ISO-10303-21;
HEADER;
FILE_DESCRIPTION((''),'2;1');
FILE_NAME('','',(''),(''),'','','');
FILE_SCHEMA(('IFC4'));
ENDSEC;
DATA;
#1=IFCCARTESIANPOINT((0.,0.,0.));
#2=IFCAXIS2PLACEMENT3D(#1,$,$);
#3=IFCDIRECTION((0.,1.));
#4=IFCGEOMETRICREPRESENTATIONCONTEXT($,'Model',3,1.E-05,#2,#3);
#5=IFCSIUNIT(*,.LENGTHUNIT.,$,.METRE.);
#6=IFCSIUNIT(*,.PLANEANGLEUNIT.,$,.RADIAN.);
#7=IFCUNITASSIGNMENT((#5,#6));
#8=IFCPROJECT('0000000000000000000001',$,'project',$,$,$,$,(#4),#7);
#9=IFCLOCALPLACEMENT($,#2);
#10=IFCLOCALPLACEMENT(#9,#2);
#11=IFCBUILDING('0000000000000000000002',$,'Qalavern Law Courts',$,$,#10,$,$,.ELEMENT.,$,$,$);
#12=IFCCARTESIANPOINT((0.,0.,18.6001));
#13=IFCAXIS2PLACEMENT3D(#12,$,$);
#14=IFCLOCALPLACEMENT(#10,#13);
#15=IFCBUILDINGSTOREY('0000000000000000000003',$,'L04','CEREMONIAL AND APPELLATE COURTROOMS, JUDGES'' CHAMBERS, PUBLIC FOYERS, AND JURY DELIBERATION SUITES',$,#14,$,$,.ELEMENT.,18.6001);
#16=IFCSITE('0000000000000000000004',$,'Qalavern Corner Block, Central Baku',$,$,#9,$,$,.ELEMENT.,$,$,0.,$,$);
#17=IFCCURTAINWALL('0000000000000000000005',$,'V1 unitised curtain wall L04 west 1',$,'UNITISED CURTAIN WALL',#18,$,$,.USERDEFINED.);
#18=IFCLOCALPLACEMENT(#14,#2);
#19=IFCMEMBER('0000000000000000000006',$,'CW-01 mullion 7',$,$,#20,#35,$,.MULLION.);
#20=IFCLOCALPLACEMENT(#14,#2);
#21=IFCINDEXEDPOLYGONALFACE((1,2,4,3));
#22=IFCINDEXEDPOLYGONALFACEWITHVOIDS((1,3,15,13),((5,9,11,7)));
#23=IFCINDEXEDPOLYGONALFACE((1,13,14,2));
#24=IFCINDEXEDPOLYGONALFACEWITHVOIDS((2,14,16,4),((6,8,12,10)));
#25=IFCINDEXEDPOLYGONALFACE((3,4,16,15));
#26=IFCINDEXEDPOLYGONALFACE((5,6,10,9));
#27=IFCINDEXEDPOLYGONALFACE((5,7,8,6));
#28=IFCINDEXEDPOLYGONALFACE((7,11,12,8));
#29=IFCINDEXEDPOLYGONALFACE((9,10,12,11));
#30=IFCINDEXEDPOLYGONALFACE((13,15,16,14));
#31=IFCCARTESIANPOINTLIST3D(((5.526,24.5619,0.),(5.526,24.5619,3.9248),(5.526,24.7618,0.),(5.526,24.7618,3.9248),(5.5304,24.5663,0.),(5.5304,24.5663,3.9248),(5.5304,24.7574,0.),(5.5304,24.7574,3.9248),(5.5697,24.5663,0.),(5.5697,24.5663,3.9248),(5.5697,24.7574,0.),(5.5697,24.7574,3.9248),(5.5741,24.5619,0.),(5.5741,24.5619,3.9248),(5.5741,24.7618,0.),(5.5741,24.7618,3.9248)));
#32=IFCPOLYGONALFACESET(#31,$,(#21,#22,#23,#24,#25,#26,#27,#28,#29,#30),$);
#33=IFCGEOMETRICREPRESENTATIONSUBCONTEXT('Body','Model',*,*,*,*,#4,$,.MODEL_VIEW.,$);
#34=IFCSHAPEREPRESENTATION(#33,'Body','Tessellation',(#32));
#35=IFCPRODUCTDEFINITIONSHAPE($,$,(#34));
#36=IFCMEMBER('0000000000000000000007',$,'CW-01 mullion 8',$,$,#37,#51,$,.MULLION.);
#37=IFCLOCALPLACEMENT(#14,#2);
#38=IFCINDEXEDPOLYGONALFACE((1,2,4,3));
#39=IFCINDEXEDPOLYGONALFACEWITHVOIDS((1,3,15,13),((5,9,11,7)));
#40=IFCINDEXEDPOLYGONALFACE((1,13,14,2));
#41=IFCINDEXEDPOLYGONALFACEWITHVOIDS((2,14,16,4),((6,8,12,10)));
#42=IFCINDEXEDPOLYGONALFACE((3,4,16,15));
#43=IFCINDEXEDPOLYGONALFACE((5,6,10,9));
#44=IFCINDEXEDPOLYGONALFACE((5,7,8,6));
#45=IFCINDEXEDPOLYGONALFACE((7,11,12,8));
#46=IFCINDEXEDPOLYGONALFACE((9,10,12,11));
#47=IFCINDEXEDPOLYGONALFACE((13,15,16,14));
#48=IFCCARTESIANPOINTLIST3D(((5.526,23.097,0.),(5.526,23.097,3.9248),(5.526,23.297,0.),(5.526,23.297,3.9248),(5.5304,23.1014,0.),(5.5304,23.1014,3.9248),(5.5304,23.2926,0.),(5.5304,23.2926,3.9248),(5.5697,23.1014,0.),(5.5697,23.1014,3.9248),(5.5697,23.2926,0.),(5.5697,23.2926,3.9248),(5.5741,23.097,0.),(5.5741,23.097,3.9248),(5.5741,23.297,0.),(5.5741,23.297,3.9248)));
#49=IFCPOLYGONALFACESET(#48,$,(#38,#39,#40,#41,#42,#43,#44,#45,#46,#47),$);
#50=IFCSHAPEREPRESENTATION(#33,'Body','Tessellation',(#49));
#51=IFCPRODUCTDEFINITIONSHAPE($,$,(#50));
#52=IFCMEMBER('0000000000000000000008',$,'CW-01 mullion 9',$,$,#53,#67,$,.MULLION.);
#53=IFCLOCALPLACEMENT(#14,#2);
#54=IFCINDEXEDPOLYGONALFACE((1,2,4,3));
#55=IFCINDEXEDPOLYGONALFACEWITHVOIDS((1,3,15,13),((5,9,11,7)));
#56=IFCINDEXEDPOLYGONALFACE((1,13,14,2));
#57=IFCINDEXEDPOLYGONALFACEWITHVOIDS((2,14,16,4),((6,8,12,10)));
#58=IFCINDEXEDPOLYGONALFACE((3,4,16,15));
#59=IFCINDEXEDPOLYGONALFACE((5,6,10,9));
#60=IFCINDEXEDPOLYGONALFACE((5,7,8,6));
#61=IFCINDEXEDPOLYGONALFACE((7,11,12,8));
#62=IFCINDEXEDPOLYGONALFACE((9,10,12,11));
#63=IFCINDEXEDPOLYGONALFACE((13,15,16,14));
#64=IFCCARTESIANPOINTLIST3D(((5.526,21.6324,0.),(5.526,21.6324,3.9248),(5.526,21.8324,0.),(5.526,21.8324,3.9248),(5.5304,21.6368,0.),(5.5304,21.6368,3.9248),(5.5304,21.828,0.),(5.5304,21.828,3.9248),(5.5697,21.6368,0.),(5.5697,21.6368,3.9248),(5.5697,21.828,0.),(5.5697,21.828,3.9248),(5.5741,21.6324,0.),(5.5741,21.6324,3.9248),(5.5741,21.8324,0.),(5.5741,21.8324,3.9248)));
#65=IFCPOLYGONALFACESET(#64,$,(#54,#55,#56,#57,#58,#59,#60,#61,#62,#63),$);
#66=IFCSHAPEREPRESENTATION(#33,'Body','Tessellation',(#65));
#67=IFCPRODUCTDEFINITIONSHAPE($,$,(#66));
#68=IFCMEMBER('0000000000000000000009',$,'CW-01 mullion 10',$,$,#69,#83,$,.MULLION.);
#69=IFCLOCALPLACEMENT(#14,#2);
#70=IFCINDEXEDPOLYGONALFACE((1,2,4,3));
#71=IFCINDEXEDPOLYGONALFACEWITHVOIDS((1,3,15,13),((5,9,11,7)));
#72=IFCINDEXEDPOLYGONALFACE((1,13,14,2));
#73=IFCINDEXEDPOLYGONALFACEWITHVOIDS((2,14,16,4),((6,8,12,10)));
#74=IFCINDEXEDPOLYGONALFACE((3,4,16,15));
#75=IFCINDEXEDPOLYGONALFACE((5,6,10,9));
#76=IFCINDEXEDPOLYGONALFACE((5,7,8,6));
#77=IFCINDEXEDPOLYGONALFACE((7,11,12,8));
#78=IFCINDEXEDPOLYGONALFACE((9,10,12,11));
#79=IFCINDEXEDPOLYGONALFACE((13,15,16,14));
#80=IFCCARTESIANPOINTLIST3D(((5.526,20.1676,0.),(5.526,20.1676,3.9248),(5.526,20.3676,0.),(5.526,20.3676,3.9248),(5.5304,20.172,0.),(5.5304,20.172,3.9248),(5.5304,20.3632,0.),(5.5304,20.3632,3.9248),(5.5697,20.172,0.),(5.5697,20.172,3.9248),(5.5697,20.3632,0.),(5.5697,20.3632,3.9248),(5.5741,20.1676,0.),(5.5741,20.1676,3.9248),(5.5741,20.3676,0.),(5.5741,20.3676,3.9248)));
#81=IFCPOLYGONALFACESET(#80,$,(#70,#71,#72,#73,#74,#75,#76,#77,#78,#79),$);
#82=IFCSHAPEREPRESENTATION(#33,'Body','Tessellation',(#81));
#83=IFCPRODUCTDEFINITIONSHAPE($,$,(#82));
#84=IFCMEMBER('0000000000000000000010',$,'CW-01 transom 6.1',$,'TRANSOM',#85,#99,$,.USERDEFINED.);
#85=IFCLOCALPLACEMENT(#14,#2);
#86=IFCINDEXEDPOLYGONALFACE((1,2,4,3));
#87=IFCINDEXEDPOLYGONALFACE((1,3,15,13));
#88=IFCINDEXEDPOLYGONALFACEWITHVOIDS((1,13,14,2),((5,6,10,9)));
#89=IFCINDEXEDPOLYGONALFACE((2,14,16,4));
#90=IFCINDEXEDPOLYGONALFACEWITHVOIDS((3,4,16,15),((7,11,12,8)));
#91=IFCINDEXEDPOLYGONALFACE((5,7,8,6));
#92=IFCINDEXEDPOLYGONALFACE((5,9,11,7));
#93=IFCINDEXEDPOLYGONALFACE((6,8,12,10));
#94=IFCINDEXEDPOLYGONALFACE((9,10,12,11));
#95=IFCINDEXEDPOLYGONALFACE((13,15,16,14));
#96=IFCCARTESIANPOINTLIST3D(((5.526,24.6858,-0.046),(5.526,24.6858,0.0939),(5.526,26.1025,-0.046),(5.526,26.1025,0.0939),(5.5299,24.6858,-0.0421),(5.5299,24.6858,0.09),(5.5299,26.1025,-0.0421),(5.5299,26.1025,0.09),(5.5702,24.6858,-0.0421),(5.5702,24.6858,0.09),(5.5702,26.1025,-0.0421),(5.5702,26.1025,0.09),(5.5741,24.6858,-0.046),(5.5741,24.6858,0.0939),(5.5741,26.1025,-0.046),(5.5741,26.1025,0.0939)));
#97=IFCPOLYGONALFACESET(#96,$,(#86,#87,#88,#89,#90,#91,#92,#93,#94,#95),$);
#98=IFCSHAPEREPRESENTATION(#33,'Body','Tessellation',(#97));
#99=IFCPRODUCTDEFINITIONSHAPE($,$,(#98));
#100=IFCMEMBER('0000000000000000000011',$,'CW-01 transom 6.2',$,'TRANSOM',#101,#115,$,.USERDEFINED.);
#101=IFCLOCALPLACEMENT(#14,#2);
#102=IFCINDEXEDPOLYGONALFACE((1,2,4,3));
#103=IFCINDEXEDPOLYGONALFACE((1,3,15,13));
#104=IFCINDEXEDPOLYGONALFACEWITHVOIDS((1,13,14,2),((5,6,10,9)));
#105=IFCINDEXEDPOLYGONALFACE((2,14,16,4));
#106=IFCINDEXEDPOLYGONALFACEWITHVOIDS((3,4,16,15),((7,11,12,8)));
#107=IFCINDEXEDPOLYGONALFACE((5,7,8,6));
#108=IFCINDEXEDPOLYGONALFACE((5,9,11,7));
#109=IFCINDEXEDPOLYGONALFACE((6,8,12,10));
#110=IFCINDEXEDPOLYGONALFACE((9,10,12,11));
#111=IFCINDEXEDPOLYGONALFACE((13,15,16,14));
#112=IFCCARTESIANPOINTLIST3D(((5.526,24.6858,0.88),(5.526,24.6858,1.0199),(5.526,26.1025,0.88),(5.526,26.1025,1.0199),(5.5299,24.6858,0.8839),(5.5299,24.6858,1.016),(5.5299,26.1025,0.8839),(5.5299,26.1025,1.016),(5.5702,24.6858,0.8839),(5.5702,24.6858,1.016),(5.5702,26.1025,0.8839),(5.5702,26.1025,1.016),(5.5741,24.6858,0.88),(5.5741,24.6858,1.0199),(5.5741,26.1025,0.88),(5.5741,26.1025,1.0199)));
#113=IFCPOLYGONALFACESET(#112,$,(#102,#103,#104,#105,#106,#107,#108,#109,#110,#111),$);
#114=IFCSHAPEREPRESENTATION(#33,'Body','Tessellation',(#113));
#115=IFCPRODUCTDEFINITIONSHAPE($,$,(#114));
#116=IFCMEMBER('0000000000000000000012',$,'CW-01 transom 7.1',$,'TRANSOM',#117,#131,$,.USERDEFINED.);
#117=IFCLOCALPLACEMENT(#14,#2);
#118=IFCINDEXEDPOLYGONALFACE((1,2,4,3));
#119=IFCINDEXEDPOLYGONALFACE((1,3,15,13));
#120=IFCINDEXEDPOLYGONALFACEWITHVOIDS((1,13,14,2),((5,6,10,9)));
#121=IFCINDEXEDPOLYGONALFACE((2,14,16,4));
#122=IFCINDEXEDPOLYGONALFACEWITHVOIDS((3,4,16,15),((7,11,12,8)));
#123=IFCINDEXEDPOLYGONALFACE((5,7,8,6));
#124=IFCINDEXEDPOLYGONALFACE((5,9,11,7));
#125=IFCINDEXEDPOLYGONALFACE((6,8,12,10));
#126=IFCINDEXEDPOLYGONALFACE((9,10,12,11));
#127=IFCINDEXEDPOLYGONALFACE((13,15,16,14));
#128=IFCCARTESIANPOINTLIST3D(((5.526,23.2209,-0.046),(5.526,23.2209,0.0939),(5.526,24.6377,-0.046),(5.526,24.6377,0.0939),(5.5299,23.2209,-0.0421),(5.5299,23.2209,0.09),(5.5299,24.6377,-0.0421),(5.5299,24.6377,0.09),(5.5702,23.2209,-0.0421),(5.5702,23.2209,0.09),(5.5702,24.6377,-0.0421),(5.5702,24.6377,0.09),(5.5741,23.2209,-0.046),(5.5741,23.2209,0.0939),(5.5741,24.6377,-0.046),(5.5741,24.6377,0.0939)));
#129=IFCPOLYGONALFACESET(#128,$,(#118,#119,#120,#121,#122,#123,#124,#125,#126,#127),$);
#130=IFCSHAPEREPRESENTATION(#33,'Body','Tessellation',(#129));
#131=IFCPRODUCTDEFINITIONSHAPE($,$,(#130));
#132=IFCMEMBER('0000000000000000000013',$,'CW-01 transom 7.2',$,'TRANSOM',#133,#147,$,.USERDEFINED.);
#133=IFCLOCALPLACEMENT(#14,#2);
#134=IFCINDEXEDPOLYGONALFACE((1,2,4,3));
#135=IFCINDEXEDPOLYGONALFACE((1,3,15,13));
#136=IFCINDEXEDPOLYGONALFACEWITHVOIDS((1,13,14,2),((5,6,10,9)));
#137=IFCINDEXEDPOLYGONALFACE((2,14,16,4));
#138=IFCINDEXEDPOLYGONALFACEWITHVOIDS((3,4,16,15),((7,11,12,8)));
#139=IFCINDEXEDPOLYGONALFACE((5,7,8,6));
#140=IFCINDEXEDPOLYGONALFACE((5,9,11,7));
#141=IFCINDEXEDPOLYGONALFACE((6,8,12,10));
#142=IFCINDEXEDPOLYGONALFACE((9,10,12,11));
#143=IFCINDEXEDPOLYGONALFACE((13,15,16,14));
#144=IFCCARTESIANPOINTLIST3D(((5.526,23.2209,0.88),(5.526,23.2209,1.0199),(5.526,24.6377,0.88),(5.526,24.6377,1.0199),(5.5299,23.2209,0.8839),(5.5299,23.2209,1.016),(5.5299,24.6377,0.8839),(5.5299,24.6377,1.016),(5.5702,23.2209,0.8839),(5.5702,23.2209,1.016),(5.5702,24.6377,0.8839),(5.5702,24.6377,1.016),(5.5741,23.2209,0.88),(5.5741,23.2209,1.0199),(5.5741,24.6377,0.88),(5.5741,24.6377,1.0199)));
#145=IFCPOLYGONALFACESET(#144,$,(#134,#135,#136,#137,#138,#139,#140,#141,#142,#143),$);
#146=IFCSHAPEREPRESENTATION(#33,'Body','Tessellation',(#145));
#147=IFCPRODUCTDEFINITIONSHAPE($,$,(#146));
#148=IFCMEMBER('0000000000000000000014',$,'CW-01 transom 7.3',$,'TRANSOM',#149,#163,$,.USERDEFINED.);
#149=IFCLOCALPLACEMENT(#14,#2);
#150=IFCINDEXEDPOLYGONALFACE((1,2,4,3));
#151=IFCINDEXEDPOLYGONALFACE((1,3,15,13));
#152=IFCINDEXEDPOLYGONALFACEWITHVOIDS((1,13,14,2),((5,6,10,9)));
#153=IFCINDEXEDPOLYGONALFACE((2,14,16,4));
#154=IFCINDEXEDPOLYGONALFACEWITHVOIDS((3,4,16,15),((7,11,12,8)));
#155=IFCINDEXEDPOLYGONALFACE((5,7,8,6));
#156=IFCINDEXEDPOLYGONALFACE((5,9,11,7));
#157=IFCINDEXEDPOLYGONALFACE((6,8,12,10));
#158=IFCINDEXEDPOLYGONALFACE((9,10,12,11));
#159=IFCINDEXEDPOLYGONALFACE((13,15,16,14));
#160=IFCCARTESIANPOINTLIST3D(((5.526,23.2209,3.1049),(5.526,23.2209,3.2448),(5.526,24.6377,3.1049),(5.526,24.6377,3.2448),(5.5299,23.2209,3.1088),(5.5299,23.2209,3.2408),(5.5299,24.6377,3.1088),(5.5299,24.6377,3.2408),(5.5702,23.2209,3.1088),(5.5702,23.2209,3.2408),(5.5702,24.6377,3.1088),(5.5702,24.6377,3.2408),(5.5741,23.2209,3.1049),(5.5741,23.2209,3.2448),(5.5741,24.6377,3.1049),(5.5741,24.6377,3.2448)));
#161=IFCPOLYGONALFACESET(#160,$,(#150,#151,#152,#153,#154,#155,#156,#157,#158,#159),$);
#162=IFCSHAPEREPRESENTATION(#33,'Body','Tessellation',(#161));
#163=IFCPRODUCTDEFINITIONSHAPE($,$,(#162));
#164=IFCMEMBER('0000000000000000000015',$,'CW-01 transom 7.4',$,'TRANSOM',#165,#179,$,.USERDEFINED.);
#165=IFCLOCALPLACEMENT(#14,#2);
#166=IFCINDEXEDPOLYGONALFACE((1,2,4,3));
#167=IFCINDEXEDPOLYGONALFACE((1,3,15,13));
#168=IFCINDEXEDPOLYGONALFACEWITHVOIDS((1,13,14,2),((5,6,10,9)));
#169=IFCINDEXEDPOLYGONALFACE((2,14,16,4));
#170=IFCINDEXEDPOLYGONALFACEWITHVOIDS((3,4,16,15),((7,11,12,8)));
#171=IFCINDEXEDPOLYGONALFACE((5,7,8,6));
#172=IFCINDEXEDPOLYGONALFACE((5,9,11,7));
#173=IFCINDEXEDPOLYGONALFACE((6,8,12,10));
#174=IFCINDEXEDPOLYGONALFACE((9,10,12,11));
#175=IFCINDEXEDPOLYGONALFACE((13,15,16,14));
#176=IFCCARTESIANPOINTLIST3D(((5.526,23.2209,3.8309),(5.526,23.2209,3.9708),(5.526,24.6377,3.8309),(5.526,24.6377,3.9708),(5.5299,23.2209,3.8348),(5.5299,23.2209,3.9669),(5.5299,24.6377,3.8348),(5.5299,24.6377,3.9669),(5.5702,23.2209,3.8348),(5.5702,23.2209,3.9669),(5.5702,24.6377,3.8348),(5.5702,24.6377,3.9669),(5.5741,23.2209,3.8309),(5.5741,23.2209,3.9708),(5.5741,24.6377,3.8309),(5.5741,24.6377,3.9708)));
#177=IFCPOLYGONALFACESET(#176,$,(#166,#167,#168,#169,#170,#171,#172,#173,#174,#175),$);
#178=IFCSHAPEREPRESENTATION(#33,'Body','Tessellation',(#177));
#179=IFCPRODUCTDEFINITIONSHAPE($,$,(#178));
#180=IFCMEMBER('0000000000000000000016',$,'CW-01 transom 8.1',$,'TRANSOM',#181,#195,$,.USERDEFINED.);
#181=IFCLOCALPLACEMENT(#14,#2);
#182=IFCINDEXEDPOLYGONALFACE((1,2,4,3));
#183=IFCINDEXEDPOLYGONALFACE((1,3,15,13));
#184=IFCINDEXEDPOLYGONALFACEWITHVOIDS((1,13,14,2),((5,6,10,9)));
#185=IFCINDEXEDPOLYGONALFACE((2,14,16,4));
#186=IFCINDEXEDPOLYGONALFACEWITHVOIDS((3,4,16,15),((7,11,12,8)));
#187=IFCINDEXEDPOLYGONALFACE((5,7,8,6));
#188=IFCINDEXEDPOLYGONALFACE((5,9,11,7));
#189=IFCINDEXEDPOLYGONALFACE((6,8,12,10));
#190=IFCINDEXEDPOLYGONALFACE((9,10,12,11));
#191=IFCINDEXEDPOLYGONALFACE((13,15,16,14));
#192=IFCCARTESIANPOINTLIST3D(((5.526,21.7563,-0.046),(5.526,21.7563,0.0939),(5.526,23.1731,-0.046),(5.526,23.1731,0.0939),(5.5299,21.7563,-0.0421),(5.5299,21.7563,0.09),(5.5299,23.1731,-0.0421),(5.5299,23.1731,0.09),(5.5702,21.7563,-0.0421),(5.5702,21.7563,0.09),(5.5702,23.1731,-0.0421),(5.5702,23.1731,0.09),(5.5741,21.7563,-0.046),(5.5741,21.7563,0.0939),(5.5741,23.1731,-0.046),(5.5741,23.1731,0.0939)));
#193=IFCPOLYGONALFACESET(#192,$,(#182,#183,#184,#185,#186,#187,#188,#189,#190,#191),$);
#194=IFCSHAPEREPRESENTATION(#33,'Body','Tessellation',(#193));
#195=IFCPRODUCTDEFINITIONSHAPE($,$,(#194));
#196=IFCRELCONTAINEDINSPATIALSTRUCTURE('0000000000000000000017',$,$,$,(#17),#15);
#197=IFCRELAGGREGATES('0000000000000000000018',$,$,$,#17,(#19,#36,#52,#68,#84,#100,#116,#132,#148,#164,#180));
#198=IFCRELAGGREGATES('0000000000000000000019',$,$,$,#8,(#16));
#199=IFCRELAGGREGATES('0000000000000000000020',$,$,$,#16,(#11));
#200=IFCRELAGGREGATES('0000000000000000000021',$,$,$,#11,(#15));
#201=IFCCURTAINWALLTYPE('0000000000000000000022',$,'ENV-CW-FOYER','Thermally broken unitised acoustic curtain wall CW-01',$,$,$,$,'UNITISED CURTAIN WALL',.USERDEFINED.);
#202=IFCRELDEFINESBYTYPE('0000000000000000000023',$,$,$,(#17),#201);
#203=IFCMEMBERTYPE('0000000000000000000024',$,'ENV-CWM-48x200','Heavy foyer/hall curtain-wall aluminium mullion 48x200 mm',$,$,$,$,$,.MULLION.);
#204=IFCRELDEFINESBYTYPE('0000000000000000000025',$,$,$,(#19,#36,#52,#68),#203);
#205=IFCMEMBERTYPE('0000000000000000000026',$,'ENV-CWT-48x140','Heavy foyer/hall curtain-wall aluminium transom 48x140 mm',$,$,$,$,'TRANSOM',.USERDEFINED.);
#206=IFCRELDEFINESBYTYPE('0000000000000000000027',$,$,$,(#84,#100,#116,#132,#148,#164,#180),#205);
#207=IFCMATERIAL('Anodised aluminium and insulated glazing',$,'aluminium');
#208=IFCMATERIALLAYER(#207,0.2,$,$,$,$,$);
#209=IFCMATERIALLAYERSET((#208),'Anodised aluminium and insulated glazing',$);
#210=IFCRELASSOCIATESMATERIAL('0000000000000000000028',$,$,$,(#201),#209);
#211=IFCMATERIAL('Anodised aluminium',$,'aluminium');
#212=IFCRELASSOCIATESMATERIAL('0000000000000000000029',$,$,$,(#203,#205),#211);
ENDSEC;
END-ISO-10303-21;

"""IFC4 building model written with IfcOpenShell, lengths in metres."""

from ifc_helpers import new_model, si_unit, direction, frame, origin, origin_2d, place, context, subcontext, project, spatial, hollow_rectangle, extrude, material, layer, layer_set, material_profile, profile_set, type_object, element, aggregate, save


model = new_model("IFC4")

# Units and contexts
model_context = context("Model", 3, precision=1e-05, world=origin(), true_north=direction((0.0, 1.0)))
body_context = subcontext(model_context, "Body", "Model", "MODEL_VIEW")
ifc_project = project(units=[si_unit("LENGTHUNIT", "METRE"), si_unit("PLANEANGLEUNIT", "RADIAN")], contexts=[model_context])

# Site, building, storey
site_placement = place(None, origin())
site = spatial("IfcSite", under=ifc_project, at=site_placement, Name="Qalavern Corner Block, Central Baku", CompositionType="ELEMENT", RefElevation=0.0)
building_placement = place(site_placement, origin())
building = spatial("IfcBuilding", under=site, at=building_placement, Name="Qalavern Law Courts", CompositionType="ELEMENT")
storey_placement = place(building_placement, frame((0.0, 0.0, 18.6001)))
storey = spatial("IfcBuildingStorey", under=building, at=storey_placement, Name="L04", Description="CEREMONIAL AND APPELLATE COURTROOMS, JUDGES' CHAMBERS, PUBLIC FOYERS, AND JURY DELIBERATION SUITES", CompositionType="ELEMENT", Elevation=18.6001)

# Curtain wall, members
ifc_material_1 = material(Name="Anodised aluminium and insulated glazing", Category="aluminium")
ifc_layer_1 = layer(ifc_material_1, 0.2)
ifc_layer_set_1 = layer_set([ifc_layer_1], Name="Anodised aluminium and insulated glazing")
curtain_wall_type = type_object("IfcCurtainWallType", Name="ENV-CW-FOYER", Description="Thermally broken unitised acoustic curtain wall CW-01", ElementType="UNITISED CURTAIN WALL", PredefinedType="USERDEFINED", material=ifc_layer_set_1)
curtain_wall_placement = place(storey_placement, origin())
curtain_wall = element("IfcCurtainWall", 1, at=curtain_wall_placement, inside=storey, type_object=curtain_wall_type, Name="V1 unitised curtain wall L04 west 1", ObjectType="UNITISED CURTAIN WALL", PredefinedType="USERDEFINED")
ifc_material_2 = material(Name="Anodised aluminium", Category="aluminium")
ifc_material_profile_1 = material_profile(ifc_material_2, hollow_rectangle(XDim=0.0481, YDim=0.2, WallThickness=0.0044, at=origin_2d()), Name="ALU MULLION 48x200")
ifc_profile_set_1 = profile_set([ifc_material_profile_1], Name="Anodised aluminium")
member_type_1 = type_object("IfcMemberType", Name="ENV-CWM-48x200", Description="Heavy foyer/hall curtain-wall aluminium mullion 48x200 mm", PredefinedType="MULLION", material=ifc_profile_set_1)
member_1_placement = place(storey_placement, frame((5.55, 24.6619, 0.0), z_axis=(0.0, 0.0, 1.0), x_axis=(1.0, 0.0, 0.0)))
member_1 = element("IfcMember", 2, at=member_1_placement, type_object=member_type_1, Name="CW-01 mullion 7", PredefinedType="MULLION", context=body_context, shape_type="SweptSolid", body=[
    extrude(hollow_rectangle(XDim=0.0481, YDim=0.2, WallThickness=0.0044, at=origin_2d()), origin(), (0.0, 0.0, 1.0), 3.9248),
])
member_2_placement = place(storey_placement, frame((5.55, 23.197, 0.0), z_axis=(0.0, 0.0, 1.0), x_axis=(1.0, 0.0, 0.0)))
member_2 = element("IfcMember", 3, at=member_2_placement, type_object=member_type_1, Name="CW-01 mullion 8", PredefinedType="MULLION", context=body_context, shape_type="SweptSolid", body=[
    extrude(hollow_rectangle(XDim=0.0481, YDim=0.2, WallThickness=0.0044, at=origin_2d()), origin(), (0.0, 0.0, 1.0), 3.9248),
])
member_3_placement = place(storey_placement, frame((5.55, 21.7324, 0.0), z_axis=(0.0, 0.0, 1.0), x_axis=(1.0, 0.0, 0.0)))
member_3 = element("IfcMember", 4, at=member_3_placement, type_object=member_type_1, Name="CW-01 mullion 9", PredefinedType="MULLION", context=body_context, shape_type="SweptSolid", body=[
    extrude(hollow_rectangle(XDim=0.0481, YDim=0.2, WallThickness=0.0044, at=origin_2d()), origin(), (0.0, 0.0, 1.0), 3.9248),
])
member_4_placement = place(storey_placement, frame((5.55, 20.2676, 0.0), z_axis=(0.0, 0.0, 1.0), x_axis=(1.0, 0.0, 0.0)))
member_4 = element("IfcMember", 5, at=member_4_placement, type_object=member_type_1, Name="CW-01 mullion 10", PredefinedType="MULLION", context=body_context, shape_type="SweptSolid", body=[
    extrude(hollow_rectangle(XDim=0.0481, YDim=0.2, WallThickness=0.0044, at=origin_2d()), origin(), (0.0, 0.0, 1.0), 3.9248),
])
ifc_material_profile_2 = material_profile(ifc_material_2, hollow_rectangle(XDim=0.0481, YDim=0.1399, WallThickness=0.0039, at=origin_2d()), Name="ALU TRANSOM 48x140")
ifc_profile_set_2 = profile_set([ifc_material_profile_2], Name="Anodised aluminium")
member_type_2 = type_object("IfcMemberType", Name="ENV-CWT-48x140", Description="Heavy foyer/hall curtain-wall aluminium transom 48x140 mm", ElementType="TRANSOM", PredefinedType="USERDEFINED", material=ifc_profile_set_2)
member_5_placement = place(storey_placement, frame((5.55, 26.1025, 0.0239), z_axis=(0.0, -1.0, 0.0), x_axis=(1.0, 0.0, 0.0)))
member_5 = element("IfcMember", 6, at=member_5_placement, type_object=member_type_2, Name="CW-01 transom 6.1", ObjectType="TRANSOM", PredefinedType="USERDEFINED", context=body_context, shape_type="SweptSolid", body=[
    extrude(hollow_rectangle(XDim=0.0481, YDim=0.1399, WallThickness=0.0039, at=origin_2d()), origin(), (0.0, 0.0, 1.0), 1.4167),
])
member_6_placement = place(storey_placement, frame((5.55, 26.1025, 0.95), z_axis=(0.0, -1.0, 0.0), x_axis=(1.0, 0.0, 0.0)))
member_6 = element("IfcMember", 7, at=member_6_placement, type_object=member_type_2, Name="CW-01 transom 6.2", ObjectType="TRANSOM", PredefinedType="USERDEFINED", context=body_context, shape_type="SweptSolid", body=[
    extrude(hollow_rectangle(XDim=0.0481, YDim=0.1399, WallThickness=0.0039, at=origin_2d()), origin(), (0.0, 0.0, 1.0), 1.4167),
])
member_7_placement = place(storey_placement, frame((5.55, 24.6377, 0.0239), z_axis=(0.0, -1.0, 0.0), x_axis=(1.0, 0.0, 0.0)))
member_7 = element("IfcMember", 8, at=member_7_placement, type_object=member_type_2, Name="CW-01 transom 7.1", ObjectType="TRANSOM", PredefinedType="USERDEFINED", context=body_context, shape_type="SweptSolid", body=[
    extrude(hollow_rectangle(XDim=0.0481, YDim=0.1399, WallThickness=0.0039, at=origin_2d()), origin(), (0.0, 0.0, 1.0), 1.4167),
])
member_8_placement = place(storey_placement, frame((5.55, 24.6377, 0.95), z_axis=(0.0, -1.0, 0.0), x_axis=(1.0, 0.0, 0.0)))
member_8 = element("IfcMember", 9, at=member_8_placement, type_object=member_type_2, Name="CW-01 transom 7.2", ObjectType="TRANSOM", PredefinedType="USERDEFINED", context=body_context, shape_type="SweptSolid", body=[
    extrude(hollow_rectangle(XDim=0.0481, YDim=0.1399, WallThickness=0.0039, at=origin_2d()), origin(), (0.0, 0.0, 1.0), 1.4167),
])
member_9_placement = place(storey_placement, frame((5.55, 24.6377, 3.1748), z_axis=(0.0, -1.0, 0.0), x_axis=(1.0, 0.0, 0.0)))
member_9 = element("IfcMember", 10, at=member_9_placement, type_object=member_type_2, Name="CW-01 transom 7.3", ObjectType="TRANSOM", PredefinedType="USERDEFINED", context=body_context, shape_type="SweptSolid", body=[
    extrude(hollow_rectangle(XDim=0.0481, YDim=0.1399, WallThickness=0.0039, at=origin_2d()), origin(), (0.0, 0.0, 1.0), 1.4167),
])
member_10_placement = place(storey_placement, frame((5.55, 24.6377, 3.9009), z_axis=(0.0, -1.0, 0.0), x_axis=(1.0, 0.0, 0.0)))
member_10 = element("IfcMember", 11, at=member_10_placement, type_object=member_type_2, Name="CW-01 transom 7.4", ObjectType="TRANSOM", PredefinedType="USERDEFINED", context=body_context, shape_type="SweptSolid", body=[
    extrude(hollow_rectangle(XDim=0.0481, YDim=0.1399, WallThickness=0.0039, at=origin_2d()), origin(), (0.0, 0.0, 1.0), 1.4167),
])
member_11_placement = place(storey_placement, frame((5.55, 23.1731, 0.0239), z_axis=(0.0, -1.0, 0.0), x_axis=(1.0, 0.0, 0.0)))
member_11 = element("IfcMember", 12, at=member_11_placement, type_object=member_type_2, Name="CW-01 transom 8.1", ObjectType="TRANSOM", PredefinedType="USERDEFINED", context=body_context, shape_type="SweptSolid", body=[
    extrude(hollow_rectangle(XDim=0.0481, YDim=0.1399, WallThickness=0.0039, at=origin_2d()), origin(), (0.0, 0.0, 1.0), 1.4167),
])

aggregate(curtain_wall, [member_1, member_2, member_3, member_4, member_5, member_6, member_7, member_8, member_9, member_10, member_11])

save(model, "model.ifc")
